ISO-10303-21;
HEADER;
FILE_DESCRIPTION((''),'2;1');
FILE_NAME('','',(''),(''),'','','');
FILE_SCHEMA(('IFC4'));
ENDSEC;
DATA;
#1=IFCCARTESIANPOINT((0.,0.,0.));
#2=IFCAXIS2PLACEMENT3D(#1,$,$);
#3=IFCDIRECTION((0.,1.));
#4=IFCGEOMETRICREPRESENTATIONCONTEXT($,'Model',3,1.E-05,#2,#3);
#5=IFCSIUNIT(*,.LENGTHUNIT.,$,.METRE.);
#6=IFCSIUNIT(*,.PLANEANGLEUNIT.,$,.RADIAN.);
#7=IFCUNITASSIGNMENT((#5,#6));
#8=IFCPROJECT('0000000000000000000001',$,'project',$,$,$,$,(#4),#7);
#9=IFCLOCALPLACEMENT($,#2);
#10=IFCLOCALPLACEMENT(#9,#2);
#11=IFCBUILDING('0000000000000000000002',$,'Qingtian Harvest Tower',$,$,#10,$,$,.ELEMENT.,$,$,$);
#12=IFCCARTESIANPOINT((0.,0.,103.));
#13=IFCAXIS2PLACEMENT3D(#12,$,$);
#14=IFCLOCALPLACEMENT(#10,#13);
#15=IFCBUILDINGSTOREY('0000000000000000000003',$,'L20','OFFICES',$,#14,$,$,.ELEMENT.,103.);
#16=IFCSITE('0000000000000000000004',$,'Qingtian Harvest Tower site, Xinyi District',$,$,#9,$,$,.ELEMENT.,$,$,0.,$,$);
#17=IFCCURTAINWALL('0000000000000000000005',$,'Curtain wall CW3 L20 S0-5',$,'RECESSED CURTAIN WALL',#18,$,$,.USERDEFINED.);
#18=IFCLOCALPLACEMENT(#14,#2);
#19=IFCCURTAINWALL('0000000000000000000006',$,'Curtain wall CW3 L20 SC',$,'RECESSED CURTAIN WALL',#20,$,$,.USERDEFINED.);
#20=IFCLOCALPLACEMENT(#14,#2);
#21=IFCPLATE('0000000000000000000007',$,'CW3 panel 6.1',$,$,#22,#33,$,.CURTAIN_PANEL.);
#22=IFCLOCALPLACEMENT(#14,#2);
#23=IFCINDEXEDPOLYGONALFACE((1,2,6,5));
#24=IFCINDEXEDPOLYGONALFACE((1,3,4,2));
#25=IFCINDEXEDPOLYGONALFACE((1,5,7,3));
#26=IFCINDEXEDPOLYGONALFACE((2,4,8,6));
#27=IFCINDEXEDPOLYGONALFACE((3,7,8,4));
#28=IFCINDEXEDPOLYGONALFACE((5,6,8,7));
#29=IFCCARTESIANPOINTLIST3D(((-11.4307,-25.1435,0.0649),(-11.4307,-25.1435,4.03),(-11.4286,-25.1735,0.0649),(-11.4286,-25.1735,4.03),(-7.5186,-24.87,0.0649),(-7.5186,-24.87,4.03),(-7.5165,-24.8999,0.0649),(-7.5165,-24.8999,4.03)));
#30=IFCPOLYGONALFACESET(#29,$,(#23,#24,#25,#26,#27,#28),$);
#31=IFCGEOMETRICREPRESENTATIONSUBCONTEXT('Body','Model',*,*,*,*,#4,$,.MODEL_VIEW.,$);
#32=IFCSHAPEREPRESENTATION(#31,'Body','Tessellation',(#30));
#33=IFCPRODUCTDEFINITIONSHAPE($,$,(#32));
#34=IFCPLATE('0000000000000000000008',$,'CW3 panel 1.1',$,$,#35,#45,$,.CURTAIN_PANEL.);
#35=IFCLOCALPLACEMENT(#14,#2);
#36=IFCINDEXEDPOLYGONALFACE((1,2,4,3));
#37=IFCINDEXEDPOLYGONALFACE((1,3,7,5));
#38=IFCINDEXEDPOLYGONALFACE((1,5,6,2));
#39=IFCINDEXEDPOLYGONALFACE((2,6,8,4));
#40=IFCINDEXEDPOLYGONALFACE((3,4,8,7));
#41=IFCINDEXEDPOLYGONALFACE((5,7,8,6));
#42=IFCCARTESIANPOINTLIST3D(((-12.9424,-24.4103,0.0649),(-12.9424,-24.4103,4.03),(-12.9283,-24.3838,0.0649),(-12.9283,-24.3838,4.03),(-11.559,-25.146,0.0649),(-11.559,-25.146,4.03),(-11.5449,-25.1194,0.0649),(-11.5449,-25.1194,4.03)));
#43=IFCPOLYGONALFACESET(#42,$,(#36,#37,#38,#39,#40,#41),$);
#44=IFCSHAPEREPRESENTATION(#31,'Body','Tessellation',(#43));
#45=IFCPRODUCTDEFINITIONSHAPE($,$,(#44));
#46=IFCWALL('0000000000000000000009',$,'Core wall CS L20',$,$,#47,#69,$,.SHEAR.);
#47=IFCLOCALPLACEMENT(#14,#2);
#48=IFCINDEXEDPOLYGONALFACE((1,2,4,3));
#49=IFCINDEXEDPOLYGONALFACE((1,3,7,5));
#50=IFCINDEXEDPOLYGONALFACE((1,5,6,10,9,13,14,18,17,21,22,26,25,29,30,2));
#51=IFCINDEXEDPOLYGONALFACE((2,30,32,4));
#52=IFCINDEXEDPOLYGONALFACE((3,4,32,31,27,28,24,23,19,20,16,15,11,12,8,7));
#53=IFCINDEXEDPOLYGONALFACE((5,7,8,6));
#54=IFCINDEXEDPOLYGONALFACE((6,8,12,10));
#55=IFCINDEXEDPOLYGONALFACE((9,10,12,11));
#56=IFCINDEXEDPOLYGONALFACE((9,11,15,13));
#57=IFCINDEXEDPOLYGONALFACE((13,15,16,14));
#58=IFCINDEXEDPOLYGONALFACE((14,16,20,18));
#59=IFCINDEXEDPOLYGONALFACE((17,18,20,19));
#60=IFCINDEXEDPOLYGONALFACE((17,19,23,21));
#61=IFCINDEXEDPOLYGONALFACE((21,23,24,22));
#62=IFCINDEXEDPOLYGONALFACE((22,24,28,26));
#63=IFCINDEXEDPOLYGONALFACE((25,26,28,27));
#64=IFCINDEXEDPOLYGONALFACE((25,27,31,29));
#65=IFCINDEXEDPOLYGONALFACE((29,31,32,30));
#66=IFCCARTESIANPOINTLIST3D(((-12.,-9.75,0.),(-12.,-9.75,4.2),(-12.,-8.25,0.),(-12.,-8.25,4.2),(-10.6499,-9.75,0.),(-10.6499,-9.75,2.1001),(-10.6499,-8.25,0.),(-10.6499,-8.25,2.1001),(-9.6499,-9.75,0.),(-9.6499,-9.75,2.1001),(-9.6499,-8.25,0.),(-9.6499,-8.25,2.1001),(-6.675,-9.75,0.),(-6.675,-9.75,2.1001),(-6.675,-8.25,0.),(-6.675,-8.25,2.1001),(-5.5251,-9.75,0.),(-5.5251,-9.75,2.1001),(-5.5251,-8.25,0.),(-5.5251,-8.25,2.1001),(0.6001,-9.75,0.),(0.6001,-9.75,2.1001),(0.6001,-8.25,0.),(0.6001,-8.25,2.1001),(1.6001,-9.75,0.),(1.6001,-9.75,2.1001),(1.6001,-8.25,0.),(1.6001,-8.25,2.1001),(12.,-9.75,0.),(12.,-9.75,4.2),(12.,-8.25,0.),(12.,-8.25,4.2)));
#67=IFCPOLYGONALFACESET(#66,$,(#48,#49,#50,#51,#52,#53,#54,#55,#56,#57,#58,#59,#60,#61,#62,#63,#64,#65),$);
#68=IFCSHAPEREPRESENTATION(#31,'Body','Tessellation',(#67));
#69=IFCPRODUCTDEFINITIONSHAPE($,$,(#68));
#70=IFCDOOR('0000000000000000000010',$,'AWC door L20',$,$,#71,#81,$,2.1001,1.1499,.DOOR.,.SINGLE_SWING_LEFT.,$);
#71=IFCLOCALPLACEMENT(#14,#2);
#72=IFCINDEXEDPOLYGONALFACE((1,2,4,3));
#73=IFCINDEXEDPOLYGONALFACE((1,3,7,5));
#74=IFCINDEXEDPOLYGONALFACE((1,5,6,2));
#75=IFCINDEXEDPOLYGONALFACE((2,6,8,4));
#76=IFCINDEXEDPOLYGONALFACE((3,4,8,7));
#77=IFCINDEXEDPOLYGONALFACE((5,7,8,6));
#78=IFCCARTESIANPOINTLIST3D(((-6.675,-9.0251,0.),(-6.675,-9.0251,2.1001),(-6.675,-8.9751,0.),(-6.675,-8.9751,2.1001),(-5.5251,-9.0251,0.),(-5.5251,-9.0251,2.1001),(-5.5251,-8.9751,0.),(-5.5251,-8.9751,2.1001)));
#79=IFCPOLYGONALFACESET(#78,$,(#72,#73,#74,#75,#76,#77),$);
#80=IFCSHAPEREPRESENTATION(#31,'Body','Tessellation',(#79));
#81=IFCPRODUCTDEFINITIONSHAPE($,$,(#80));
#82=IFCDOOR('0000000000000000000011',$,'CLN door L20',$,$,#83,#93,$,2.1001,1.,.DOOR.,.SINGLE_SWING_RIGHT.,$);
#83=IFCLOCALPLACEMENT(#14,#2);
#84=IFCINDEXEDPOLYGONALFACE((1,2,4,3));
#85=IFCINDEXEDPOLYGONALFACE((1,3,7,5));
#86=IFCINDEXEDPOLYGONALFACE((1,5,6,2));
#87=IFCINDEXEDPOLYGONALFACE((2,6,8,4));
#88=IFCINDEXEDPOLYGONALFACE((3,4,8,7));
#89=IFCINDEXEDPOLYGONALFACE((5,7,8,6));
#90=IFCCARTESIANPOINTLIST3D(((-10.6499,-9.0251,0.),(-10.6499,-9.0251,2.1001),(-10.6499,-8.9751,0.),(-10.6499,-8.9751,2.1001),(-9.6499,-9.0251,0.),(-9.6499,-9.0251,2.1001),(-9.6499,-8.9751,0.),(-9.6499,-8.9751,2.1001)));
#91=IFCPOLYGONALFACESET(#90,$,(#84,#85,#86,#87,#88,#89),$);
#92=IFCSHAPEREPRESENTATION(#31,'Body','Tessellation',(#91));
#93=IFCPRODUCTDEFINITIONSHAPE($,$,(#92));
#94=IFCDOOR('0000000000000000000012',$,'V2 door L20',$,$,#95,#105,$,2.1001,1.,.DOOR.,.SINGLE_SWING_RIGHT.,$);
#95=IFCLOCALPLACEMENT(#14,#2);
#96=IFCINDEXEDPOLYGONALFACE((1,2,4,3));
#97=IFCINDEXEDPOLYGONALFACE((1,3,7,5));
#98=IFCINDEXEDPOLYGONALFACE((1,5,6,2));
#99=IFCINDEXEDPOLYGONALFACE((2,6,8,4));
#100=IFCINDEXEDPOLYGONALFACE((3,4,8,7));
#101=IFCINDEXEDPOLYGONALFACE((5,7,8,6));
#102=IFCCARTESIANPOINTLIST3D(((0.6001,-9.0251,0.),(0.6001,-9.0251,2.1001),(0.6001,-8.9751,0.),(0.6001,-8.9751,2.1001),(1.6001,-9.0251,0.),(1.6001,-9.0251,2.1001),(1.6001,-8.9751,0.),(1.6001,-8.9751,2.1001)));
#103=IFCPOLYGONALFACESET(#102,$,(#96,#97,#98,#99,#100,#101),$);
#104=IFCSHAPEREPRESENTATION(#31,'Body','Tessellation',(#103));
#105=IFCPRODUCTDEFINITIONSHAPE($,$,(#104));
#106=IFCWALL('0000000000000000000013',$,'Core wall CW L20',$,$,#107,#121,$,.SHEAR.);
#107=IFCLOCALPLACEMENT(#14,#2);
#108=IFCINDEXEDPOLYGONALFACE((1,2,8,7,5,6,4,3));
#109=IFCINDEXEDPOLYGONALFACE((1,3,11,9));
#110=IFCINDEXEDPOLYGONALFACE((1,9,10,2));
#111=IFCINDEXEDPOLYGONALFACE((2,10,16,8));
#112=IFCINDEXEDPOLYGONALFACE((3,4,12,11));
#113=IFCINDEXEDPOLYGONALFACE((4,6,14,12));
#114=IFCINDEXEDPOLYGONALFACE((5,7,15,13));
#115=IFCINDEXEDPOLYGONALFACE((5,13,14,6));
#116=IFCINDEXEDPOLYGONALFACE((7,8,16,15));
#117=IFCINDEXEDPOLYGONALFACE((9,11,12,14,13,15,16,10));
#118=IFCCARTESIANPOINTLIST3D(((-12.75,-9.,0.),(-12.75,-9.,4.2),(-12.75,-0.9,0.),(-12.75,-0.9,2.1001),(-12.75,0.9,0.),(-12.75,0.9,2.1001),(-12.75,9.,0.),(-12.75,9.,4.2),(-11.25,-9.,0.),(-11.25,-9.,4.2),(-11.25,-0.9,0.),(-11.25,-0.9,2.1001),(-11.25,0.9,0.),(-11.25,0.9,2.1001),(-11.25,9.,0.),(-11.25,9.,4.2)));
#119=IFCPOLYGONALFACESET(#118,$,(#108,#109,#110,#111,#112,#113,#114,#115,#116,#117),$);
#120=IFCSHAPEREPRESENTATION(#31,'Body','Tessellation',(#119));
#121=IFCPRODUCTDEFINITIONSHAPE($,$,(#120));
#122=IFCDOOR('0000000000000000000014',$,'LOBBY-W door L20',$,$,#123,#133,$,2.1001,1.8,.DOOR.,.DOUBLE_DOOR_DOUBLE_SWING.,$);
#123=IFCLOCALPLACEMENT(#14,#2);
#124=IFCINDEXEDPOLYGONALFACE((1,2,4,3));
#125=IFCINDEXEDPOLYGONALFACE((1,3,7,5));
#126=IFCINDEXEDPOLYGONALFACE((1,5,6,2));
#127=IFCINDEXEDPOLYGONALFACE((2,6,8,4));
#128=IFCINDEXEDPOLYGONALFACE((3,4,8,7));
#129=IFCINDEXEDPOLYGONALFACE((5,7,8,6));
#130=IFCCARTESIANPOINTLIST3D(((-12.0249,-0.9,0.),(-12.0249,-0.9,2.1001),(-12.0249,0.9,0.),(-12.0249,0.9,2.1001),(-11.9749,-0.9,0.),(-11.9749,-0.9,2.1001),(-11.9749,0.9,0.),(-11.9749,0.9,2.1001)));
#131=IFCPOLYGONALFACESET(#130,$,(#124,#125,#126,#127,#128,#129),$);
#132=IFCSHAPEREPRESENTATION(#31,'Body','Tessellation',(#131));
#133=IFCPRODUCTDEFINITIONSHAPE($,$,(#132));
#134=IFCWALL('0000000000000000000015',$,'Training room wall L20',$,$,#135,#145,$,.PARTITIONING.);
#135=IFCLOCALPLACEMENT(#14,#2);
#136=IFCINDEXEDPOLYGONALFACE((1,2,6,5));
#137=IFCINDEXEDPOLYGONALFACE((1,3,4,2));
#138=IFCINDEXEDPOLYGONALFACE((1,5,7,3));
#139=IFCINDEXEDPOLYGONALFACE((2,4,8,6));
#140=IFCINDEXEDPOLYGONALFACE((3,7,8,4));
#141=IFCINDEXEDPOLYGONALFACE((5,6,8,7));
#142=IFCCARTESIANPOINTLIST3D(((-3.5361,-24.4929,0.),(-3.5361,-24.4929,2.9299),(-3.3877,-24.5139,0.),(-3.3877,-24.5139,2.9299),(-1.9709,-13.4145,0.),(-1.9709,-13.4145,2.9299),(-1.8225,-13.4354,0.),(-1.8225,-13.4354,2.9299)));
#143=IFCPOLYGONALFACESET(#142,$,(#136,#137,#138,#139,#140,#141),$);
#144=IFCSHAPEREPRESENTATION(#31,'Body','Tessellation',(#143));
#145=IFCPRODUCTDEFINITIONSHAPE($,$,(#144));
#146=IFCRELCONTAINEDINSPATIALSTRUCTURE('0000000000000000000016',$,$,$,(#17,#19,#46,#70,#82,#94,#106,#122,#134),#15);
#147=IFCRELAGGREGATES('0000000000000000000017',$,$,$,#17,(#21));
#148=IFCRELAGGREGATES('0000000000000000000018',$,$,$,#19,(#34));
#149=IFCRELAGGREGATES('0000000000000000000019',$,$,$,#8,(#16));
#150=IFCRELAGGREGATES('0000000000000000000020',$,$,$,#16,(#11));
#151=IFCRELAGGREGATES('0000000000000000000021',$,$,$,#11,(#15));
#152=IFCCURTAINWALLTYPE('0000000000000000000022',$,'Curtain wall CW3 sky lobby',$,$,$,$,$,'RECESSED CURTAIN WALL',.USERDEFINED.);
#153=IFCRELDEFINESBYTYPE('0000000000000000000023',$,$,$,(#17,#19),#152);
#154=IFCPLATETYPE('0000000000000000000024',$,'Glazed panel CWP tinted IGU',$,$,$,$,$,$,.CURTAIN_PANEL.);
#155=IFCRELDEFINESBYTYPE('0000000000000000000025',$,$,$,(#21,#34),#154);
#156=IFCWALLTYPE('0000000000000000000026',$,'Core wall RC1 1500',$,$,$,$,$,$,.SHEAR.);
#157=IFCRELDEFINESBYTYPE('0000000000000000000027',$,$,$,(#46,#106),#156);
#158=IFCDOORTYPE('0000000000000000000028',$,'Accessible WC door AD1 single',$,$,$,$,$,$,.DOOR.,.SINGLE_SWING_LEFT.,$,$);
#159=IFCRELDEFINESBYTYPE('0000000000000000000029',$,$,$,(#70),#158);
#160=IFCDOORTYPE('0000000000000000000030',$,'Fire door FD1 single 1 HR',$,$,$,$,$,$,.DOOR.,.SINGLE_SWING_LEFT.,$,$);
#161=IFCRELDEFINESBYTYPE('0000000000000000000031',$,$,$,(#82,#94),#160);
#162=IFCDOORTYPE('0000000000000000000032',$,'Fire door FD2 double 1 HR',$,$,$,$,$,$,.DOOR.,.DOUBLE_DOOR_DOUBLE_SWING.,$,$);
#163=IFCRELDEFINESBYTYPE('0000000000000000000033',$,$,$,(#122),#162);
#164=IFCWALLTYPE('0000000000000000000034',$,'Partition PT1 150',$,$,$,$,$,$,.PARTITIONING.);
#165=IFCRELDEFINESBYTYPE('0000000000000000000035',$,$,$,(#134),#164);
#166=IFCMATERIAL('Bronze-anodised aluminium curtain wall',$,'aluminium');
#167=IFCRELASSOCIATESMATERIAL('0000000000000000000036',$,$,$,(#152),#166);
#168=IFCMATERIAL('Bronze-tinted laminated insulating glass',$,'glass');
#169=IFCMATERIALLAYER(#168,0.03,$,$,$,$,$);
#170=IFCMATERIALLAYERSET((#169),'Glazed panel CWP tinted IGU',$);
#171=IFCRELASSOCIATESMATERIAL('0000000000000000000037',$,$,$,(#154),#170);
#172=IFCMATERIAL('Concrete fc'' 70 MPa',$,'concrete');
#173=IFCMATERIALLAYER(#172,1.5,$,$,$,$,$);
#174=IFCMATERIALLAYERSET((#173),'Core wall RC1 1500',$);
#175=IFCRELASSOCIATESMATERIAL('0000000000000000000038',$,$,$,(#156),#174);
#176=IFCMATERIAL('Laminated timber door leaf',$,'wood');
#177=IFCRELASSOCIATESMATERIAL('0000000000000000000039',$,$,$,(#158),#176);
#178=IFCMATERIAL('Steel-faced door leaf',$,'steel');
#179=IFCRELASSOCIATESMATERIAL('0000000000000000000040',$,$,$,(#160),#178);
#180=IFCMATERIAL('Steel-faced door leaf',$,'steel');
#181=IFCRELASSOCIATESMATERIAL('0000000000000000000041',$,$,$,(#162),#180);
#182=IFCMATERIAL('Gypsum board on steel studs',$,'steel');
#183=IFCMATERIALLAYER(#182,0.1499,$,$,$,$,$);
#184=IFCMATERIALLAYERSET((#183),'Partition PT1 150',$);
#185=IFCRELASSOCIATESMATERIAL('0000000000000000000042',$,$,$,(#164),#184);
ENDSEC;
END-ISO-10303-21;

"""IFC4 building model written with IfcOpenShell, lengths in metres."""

from ifc_helpers import new_model, si_unit, direction, frame, frame_2d, origin, origin_2d, place, context, subcontext, project, spatial, rectangle, extrude, material, layer, layer_set, type_object, element, fill, aggregate, save


model = new_model("IFC4")

# Units and contexts
model_context = context("Model", 3, precision=1e-05, world=origin(), true_north=direction((0.0, 1.0)))
body_context = subcontext(model_context, "Body", "Model", "MODEL_VIEW")
ifc_project = project(units=[si_unit("LENGTHUNIT", "METRE"), si_unit("PLANEANGLEUNIT", "RADIAN")], contexts=[model_context])

# Site, building, storey
site_placement = place(None, origin())
site = spatial("IfcSite", under=ifc_project, at=site_placement, Name="Qingtian Harvest Tower site, Xinyi District", CompositionType="ELEMENT", RefElevation=0.0)
building_placement = place(site_placement, origin())
building = spatial("IfcBuilding", under=site, at=building_placement, Name="Qingtian Harvest Tower", CompositionType="ELEMENT")
storey_placement = place(building_placement, frame((0.0, 0.0, 103.0)))
storey = spatial("IfcBuildingStorey", under=building, at=storey_placement, Name="L20", Description="OFFICES", CompositionType="ELEMENT", Elevation=103.0)

# Curtain walls
ifc_material_1 = material(Name="Bronze-anodised aluminium curtain wall", Category="aluminium")
curtain_wall_type = type_object("IfcCurtainWallType", Name="Curtain wall CW3 sky lobby", ElementType="RECESSED CURTAIN WALL", PredefinedType="USERDEFINED", material=ifc_material_1)
curtain_wall_1_placement = place(storey_placement, origin())
curtain_wall_1 = element("IfcCurtainWall", 1, at=curtain_wall_1_placement, inside=storey, type_object=curtain_wall_type, Name="Curtain wall CW3 L20 S0-5", ObjectType="RECESSED CURTAIN WALL", PredefinedType="USERDEFINED")
curtain_wall_2_placement = place(storey_placement, origin())
curtain_wall_2 = element("IfcCurtainWall", 2, at=curtain_wall_2_placement, inside=storey, type_object=curtain_wall_type, Name="Curtain wall CW3 L20 SC", ObjectType="RECESSED CURTAIN WALL", PredefinedType="USERDEFINED")

# Plates
ifc_material_2 = material(Name="Bronze-tinted laminated insulating glass", Category="glass")
ifc_layer_1 = layer(ifc_material_2, 0.03)
ifc_layer_set_1 = layer_set([ifc_layer_1], Name="Glazed panel CWP tinted IGU")
plate_type = type_object("IfcPlateType", Name="Glazed panel CWP tinted IGU", PredefinedType="CURTAIN_PANEL", material=ifc_layer_set_1)
plate_1_placement = place(storey_placement, frame((-9.4736, -25.0217, 0.0649), z_axis=(0.0, 0.0, 1.0), x_axis=(-0.997564, -0.069756, 0.0)))
plate_1 = element("IfcPlate", 3, at=plate_1_placement, type_object=plate_type, Name="CW3 panel 6.1", PredefinedType="CURTAIN_PANEL", context=body_context, shape_type="SweptSolid", body=[
    extrude(rectangle(XDim=3.9216, YDim=0.03, at=origin_2d()), origin(), (0.0, 0.0, 1.0), 3.9651),
])
aggregate(curtain_wall_1, [plate_1])
plate_2_placement = place(storey_placement, frame((-12.2437, -24.7649, 0.0649), z_axis=(0.0, 0.0, 1.0), x_axis=(-0.882948, 0.469472, 0.0)))
plate_2 = element("IfcPlate", 4, at=plate_2_placement, type_object=plate_type, Name="CW3 panel 1.1", PredefinedType="CURTAIN_PANEL", context=body_context, shape_type="SweptSolid", body=[
    extrude(rectangle(XDim=1.5669, YDim=0.03, at=origin_2d()), origin(), (0.0, 0.0, 1.0), 3.9651),
])
aggregate(curtain_wall_2, [plate_2])

# Wall, openings, doors
ifc_material_3 = material(Name="Concrete fc' 70 MPa", Category="concrete")
ifc_layer_2 = layer(ifc_material_3, 1.5)
ifc_layer_set_2 = layer_set([ifc_layer_2], Name="Core wall RC1 1500")
wall_type_1 = type_object("IfcWallType", Name="Core wall RC1 1500", PredefinedType="SHEAR", material=ifc_layer_set_2)
wall_1_placement = place(storey_placement, frame((-12.0, -9.0, 0.0), z_axis=(0.0, 0.0, 1.0), x_axis=(1.0, 0.0, 0.0)))
wall_1 = element("IfcWall", 5, at=wall_1_placement, inside=storey, type_object=wall_type_1, Name="Core wall CS L20", PredefinedType="SHEAR", context=body_context, shape_type="SweptSolid", body=[
    extrude(rectangle(XDim=24.0, YDim=1.5, at=frame_2d((12.0, 0.0))), origin(), (0.0, 0.0, 1.0), 4.2),
])
opening_1_placement = place(wall_1_placement, frame((1.3501, 0.0, 0.0)))
opening_1 = element("IfcOpeningElement", 6, at=opening_1_placement, cuts=wall_1, PredefinedType="OPENING", context=body_context, shape_type="SweptSolid", body=[
    extrude(rectangle(XDim=1.0, YDim=2.1001, at=frame_2d((0.5, 1.05))), frame((0.0, 0.76, 0.0), z_axis=(0.0, -1.0, 0.0), x_axis=(1.0, 0.0, 0.0)), (0.0, 0.0, 1.0), 1.52),
])
opening_2_placement = place(wall_1_placement, frame((5.325, 0.0, 0.0)))
opening_2 = element("IfcOpeningElement", 7, at=opening_2_placement, cuts=wall_1, PredefinedType="OPENING", context=body_context, shape_type="SweptSolid", body=[
    extrude(rectangle(XDim=1.1499, YDim=2.1001, at=frame_2d((0.575, 1.05))), frame((0.0, 0.76, 0.0), z_axis=(0.0, -1.0, 0.0), x_axis=(1.0, 0.0, 0.0)), (0.0, 0.0, 1.0), 1.52),
])
opening_3_placement = place(wall_1_placement, frame((12.6001, 0.0, 0.0)))
opening_3 = element("IfcOpeningElement", 8, at=opening_3_placement, cuts=wall_1, PredefinedType="OPENING", context=body_context, shape_type="SweptSolid", body=[
    extrude(rectangle(XDim=1.0, YDim=2.1001, at=frame_2d((0.5, 1.05))), frame((0.0, 0.76, 0.0), z_axis=(0.0, -1.0, 0.0), x_axis=(1.0, 0.0, 0.0)), (0.0, 0.0, 1.0), 1.52),
])
ifc_material_4 = material(Name="Laminated timber door leaf", Category="wood")
door_type_1 = type_object("IfcDoorType", Name="Accessible WC door AD1 single", OperationType="SINGLE_SWING_LEFT", PredefinedType="DOOR", material=ifc_material_4)
door_1_placement = place(opening_2_placement, origin())
door_1 = element("IfcDoor", 9, at=door_1_placement, inside=storey, type_object=door_type_1, Name="AWC door L20", OperationType="SINGLE_SWING_LEFT", OverallHeight=2.1001, OverallWidth=1.1499, PredefinedType="DOOR", context=body_context, shape_type="SweptSolid", body=[
    extrude(rectangle(XDim=1.1499, YDim=2.1001, at=frame_2d((0.575, 1.05))), frame((0.0, 0.0249, 0.0), z_axis=(0.0, -1.0, 0.0), x_axis=(1.0, 0.0, 0.0)), (0.0, 0.0, 1.0), 0.05),
])
fill(opening_2, door_1)
ifc_material_5 = material(Name="Steel-faced door leaf", Category="steel")
door_type_2 = type_object("IfcDoorType", Name="Fire door FD1 single 1 HR", OperationType="SINGLE_SWING_LEFT", PredefinedType="DOOR", material=ifc_material_5)
door_2_placement = place(opening_1_placement, origin())
door_2 = element("IfcDoor", 10, at=door_2_placement, inside=storey, type_object=door_type_2, Name="CLN door L20", OperationType="SINGLE_SWING_RIGHT", OverallHeight=2.1001, OverallWidth=1.0, PredefinedType="DOOR", context=body_context, shape_type="SweptSolid", body=[
    extrude(rectangle(XDim=1.0, YDim=2.1001, at=frame_2d((0.5, 1.05))), frame((0.0, 0.0249, 0.0), z_axis=(0.0, -1.0, 0.0), x_axis=(1.0, 0.0, 0.0)), (0.0, 0.0, 1.0), 0.05),
])
fill(opening_1, door_2)
door_3_placement = place(opening_3_placement, origin())
door_3 = element("IfcDoor", 11, at=door_3_placement, inside=storey, type_object=door_type_2, Name="V2 door L20", OperationType="SINGLE_SWING_RIGHT", OverallHeight=2.1001, OverallWidth=1.0, PredefinedType="DOOR", context=body_context, shape_type="SweptSolid", body=[
    extrude(rectangle(XDim=1.0, YDim=2.1001, at=frame_2d((0.5, 1.05))), frame((0.0, 0.0249, 0.0), z_axis=(0.0, -1.0, 0.0), x_axis=(1.0, 0.0, 0.0)), (0.0, 0.0, 1.0), 0.05),
])
fill(opening_3, door_3)

# Wall, opening, door
wall_2_placement = place(storey_placement, frame((-12.0, -9.0, 0.0), z_axis=(0.0, 0.0, 1.0), x_axis=(0.0, 1.0, 0.0)))
wall_2 = element("IfcWall", 12, at=wall_2_placement, inside=storey, type_object=wall_type_1, Name="Core wall CW L20", PredefinedType="SHEAR", context=body_context, shape_type="SweptSolid", body=[
    extrude(rectangle(XDim=18.0, YDim=1.5, at=frame_2d((9.0, 0.0))), origin(), (0.0, 0.0, 1.0), 4.2),
])
opening_4_placement = place(wall_2_placement, frame((8.1001, 0.0, 0.0)))
opening_4 = element("IfcOpeningElement", 13, at=opening_4_placement, cuts=wall_2, PredefinedType="OPENING", context=body_context, shape_type="SweptSolid", body=[
    extrude(rectangle(XDim=1.8, YDim=2.1001, at=frame_2d((0.8999, 1.05))), frame((0.0, 0.76, 0.0), z_axis=(0.0, -1.0, 0.0), x_axis=(1.0, 0.0, 0.0)), (0.0, 0.0, 1.0), 1.52),
])
ifc_material_6 = material(Name="Steel-faced door leaf", Category="steel")
door_type_3 = type_object("IfcDoorType", Name="Fire door FD2 double 1 HR", OperationType="DOUBLE_DOOR_DOUBLE_SWING", PredefinedType="DOOR", material=ifc_material_6)
door_4_placement = place(opening_4_placement, origin())
door_4 = element("IfcDoor", 14, at=door_4_placement, inside=storey, type_object=door_type_3, Name="LOBBY-W door L20", OperationType="DOUBLE_DOOR_DOUBLE_SWING", OverallHeight=2.1001, OverallWidth=1.8, PredefinedType="DOOR", context=body_context, shape_type="SweptSolid", body=[
    extrude(rectangle(XDim=1.8, YDim=2.1001, at=frame_2d((0.8999, 1.05))), frame((0.0, 0.0249, 0.0), z_axis=(0.0, -1.0, 0.0), x_axis=(1.0, 0.0, 0.0)), (0.0, 0.0, 1.0), 0.05),
])
fill(opening_4, door_4)

# Wall
ifc_material_7 = material(Name="Gypsum board on steel studs", Category="steel")
ifc_layer_3 = layer(ifc_material_7, 0.1499)
ifc_layer_set_3 = layer_set([ifc_layer_3], Name="Partition PT1 150")
wall_type_2 = type_object("IfcWallType", Name="Partition PT1 150", PredefinedType="PARTITIONING", material=ifc_layer_set_3)
wall_3_placement = place(storey_placement, frame((-3.4619, -24.5034, 0.0), z_axis=(0.0, 0.0, 1.0), x_axis=(0.139894, 0.990167, 0.0)))
element("IfcWall", 15, at=wall_3_placement, inside=storey, type_object=wall_type_2, Name="Training room wall L20", PredefinedType="PARTITIONING", context=body_context, shape_type="SweptSolid", body=[
    extrude(rectangle(XDim=11.1885, YDim=0.1499, at=frame_2d((5.5942, 0.0))), origin(), (0.0, 0.0, 1.0), 2.9299),
])

save(model, "model.ifc")
